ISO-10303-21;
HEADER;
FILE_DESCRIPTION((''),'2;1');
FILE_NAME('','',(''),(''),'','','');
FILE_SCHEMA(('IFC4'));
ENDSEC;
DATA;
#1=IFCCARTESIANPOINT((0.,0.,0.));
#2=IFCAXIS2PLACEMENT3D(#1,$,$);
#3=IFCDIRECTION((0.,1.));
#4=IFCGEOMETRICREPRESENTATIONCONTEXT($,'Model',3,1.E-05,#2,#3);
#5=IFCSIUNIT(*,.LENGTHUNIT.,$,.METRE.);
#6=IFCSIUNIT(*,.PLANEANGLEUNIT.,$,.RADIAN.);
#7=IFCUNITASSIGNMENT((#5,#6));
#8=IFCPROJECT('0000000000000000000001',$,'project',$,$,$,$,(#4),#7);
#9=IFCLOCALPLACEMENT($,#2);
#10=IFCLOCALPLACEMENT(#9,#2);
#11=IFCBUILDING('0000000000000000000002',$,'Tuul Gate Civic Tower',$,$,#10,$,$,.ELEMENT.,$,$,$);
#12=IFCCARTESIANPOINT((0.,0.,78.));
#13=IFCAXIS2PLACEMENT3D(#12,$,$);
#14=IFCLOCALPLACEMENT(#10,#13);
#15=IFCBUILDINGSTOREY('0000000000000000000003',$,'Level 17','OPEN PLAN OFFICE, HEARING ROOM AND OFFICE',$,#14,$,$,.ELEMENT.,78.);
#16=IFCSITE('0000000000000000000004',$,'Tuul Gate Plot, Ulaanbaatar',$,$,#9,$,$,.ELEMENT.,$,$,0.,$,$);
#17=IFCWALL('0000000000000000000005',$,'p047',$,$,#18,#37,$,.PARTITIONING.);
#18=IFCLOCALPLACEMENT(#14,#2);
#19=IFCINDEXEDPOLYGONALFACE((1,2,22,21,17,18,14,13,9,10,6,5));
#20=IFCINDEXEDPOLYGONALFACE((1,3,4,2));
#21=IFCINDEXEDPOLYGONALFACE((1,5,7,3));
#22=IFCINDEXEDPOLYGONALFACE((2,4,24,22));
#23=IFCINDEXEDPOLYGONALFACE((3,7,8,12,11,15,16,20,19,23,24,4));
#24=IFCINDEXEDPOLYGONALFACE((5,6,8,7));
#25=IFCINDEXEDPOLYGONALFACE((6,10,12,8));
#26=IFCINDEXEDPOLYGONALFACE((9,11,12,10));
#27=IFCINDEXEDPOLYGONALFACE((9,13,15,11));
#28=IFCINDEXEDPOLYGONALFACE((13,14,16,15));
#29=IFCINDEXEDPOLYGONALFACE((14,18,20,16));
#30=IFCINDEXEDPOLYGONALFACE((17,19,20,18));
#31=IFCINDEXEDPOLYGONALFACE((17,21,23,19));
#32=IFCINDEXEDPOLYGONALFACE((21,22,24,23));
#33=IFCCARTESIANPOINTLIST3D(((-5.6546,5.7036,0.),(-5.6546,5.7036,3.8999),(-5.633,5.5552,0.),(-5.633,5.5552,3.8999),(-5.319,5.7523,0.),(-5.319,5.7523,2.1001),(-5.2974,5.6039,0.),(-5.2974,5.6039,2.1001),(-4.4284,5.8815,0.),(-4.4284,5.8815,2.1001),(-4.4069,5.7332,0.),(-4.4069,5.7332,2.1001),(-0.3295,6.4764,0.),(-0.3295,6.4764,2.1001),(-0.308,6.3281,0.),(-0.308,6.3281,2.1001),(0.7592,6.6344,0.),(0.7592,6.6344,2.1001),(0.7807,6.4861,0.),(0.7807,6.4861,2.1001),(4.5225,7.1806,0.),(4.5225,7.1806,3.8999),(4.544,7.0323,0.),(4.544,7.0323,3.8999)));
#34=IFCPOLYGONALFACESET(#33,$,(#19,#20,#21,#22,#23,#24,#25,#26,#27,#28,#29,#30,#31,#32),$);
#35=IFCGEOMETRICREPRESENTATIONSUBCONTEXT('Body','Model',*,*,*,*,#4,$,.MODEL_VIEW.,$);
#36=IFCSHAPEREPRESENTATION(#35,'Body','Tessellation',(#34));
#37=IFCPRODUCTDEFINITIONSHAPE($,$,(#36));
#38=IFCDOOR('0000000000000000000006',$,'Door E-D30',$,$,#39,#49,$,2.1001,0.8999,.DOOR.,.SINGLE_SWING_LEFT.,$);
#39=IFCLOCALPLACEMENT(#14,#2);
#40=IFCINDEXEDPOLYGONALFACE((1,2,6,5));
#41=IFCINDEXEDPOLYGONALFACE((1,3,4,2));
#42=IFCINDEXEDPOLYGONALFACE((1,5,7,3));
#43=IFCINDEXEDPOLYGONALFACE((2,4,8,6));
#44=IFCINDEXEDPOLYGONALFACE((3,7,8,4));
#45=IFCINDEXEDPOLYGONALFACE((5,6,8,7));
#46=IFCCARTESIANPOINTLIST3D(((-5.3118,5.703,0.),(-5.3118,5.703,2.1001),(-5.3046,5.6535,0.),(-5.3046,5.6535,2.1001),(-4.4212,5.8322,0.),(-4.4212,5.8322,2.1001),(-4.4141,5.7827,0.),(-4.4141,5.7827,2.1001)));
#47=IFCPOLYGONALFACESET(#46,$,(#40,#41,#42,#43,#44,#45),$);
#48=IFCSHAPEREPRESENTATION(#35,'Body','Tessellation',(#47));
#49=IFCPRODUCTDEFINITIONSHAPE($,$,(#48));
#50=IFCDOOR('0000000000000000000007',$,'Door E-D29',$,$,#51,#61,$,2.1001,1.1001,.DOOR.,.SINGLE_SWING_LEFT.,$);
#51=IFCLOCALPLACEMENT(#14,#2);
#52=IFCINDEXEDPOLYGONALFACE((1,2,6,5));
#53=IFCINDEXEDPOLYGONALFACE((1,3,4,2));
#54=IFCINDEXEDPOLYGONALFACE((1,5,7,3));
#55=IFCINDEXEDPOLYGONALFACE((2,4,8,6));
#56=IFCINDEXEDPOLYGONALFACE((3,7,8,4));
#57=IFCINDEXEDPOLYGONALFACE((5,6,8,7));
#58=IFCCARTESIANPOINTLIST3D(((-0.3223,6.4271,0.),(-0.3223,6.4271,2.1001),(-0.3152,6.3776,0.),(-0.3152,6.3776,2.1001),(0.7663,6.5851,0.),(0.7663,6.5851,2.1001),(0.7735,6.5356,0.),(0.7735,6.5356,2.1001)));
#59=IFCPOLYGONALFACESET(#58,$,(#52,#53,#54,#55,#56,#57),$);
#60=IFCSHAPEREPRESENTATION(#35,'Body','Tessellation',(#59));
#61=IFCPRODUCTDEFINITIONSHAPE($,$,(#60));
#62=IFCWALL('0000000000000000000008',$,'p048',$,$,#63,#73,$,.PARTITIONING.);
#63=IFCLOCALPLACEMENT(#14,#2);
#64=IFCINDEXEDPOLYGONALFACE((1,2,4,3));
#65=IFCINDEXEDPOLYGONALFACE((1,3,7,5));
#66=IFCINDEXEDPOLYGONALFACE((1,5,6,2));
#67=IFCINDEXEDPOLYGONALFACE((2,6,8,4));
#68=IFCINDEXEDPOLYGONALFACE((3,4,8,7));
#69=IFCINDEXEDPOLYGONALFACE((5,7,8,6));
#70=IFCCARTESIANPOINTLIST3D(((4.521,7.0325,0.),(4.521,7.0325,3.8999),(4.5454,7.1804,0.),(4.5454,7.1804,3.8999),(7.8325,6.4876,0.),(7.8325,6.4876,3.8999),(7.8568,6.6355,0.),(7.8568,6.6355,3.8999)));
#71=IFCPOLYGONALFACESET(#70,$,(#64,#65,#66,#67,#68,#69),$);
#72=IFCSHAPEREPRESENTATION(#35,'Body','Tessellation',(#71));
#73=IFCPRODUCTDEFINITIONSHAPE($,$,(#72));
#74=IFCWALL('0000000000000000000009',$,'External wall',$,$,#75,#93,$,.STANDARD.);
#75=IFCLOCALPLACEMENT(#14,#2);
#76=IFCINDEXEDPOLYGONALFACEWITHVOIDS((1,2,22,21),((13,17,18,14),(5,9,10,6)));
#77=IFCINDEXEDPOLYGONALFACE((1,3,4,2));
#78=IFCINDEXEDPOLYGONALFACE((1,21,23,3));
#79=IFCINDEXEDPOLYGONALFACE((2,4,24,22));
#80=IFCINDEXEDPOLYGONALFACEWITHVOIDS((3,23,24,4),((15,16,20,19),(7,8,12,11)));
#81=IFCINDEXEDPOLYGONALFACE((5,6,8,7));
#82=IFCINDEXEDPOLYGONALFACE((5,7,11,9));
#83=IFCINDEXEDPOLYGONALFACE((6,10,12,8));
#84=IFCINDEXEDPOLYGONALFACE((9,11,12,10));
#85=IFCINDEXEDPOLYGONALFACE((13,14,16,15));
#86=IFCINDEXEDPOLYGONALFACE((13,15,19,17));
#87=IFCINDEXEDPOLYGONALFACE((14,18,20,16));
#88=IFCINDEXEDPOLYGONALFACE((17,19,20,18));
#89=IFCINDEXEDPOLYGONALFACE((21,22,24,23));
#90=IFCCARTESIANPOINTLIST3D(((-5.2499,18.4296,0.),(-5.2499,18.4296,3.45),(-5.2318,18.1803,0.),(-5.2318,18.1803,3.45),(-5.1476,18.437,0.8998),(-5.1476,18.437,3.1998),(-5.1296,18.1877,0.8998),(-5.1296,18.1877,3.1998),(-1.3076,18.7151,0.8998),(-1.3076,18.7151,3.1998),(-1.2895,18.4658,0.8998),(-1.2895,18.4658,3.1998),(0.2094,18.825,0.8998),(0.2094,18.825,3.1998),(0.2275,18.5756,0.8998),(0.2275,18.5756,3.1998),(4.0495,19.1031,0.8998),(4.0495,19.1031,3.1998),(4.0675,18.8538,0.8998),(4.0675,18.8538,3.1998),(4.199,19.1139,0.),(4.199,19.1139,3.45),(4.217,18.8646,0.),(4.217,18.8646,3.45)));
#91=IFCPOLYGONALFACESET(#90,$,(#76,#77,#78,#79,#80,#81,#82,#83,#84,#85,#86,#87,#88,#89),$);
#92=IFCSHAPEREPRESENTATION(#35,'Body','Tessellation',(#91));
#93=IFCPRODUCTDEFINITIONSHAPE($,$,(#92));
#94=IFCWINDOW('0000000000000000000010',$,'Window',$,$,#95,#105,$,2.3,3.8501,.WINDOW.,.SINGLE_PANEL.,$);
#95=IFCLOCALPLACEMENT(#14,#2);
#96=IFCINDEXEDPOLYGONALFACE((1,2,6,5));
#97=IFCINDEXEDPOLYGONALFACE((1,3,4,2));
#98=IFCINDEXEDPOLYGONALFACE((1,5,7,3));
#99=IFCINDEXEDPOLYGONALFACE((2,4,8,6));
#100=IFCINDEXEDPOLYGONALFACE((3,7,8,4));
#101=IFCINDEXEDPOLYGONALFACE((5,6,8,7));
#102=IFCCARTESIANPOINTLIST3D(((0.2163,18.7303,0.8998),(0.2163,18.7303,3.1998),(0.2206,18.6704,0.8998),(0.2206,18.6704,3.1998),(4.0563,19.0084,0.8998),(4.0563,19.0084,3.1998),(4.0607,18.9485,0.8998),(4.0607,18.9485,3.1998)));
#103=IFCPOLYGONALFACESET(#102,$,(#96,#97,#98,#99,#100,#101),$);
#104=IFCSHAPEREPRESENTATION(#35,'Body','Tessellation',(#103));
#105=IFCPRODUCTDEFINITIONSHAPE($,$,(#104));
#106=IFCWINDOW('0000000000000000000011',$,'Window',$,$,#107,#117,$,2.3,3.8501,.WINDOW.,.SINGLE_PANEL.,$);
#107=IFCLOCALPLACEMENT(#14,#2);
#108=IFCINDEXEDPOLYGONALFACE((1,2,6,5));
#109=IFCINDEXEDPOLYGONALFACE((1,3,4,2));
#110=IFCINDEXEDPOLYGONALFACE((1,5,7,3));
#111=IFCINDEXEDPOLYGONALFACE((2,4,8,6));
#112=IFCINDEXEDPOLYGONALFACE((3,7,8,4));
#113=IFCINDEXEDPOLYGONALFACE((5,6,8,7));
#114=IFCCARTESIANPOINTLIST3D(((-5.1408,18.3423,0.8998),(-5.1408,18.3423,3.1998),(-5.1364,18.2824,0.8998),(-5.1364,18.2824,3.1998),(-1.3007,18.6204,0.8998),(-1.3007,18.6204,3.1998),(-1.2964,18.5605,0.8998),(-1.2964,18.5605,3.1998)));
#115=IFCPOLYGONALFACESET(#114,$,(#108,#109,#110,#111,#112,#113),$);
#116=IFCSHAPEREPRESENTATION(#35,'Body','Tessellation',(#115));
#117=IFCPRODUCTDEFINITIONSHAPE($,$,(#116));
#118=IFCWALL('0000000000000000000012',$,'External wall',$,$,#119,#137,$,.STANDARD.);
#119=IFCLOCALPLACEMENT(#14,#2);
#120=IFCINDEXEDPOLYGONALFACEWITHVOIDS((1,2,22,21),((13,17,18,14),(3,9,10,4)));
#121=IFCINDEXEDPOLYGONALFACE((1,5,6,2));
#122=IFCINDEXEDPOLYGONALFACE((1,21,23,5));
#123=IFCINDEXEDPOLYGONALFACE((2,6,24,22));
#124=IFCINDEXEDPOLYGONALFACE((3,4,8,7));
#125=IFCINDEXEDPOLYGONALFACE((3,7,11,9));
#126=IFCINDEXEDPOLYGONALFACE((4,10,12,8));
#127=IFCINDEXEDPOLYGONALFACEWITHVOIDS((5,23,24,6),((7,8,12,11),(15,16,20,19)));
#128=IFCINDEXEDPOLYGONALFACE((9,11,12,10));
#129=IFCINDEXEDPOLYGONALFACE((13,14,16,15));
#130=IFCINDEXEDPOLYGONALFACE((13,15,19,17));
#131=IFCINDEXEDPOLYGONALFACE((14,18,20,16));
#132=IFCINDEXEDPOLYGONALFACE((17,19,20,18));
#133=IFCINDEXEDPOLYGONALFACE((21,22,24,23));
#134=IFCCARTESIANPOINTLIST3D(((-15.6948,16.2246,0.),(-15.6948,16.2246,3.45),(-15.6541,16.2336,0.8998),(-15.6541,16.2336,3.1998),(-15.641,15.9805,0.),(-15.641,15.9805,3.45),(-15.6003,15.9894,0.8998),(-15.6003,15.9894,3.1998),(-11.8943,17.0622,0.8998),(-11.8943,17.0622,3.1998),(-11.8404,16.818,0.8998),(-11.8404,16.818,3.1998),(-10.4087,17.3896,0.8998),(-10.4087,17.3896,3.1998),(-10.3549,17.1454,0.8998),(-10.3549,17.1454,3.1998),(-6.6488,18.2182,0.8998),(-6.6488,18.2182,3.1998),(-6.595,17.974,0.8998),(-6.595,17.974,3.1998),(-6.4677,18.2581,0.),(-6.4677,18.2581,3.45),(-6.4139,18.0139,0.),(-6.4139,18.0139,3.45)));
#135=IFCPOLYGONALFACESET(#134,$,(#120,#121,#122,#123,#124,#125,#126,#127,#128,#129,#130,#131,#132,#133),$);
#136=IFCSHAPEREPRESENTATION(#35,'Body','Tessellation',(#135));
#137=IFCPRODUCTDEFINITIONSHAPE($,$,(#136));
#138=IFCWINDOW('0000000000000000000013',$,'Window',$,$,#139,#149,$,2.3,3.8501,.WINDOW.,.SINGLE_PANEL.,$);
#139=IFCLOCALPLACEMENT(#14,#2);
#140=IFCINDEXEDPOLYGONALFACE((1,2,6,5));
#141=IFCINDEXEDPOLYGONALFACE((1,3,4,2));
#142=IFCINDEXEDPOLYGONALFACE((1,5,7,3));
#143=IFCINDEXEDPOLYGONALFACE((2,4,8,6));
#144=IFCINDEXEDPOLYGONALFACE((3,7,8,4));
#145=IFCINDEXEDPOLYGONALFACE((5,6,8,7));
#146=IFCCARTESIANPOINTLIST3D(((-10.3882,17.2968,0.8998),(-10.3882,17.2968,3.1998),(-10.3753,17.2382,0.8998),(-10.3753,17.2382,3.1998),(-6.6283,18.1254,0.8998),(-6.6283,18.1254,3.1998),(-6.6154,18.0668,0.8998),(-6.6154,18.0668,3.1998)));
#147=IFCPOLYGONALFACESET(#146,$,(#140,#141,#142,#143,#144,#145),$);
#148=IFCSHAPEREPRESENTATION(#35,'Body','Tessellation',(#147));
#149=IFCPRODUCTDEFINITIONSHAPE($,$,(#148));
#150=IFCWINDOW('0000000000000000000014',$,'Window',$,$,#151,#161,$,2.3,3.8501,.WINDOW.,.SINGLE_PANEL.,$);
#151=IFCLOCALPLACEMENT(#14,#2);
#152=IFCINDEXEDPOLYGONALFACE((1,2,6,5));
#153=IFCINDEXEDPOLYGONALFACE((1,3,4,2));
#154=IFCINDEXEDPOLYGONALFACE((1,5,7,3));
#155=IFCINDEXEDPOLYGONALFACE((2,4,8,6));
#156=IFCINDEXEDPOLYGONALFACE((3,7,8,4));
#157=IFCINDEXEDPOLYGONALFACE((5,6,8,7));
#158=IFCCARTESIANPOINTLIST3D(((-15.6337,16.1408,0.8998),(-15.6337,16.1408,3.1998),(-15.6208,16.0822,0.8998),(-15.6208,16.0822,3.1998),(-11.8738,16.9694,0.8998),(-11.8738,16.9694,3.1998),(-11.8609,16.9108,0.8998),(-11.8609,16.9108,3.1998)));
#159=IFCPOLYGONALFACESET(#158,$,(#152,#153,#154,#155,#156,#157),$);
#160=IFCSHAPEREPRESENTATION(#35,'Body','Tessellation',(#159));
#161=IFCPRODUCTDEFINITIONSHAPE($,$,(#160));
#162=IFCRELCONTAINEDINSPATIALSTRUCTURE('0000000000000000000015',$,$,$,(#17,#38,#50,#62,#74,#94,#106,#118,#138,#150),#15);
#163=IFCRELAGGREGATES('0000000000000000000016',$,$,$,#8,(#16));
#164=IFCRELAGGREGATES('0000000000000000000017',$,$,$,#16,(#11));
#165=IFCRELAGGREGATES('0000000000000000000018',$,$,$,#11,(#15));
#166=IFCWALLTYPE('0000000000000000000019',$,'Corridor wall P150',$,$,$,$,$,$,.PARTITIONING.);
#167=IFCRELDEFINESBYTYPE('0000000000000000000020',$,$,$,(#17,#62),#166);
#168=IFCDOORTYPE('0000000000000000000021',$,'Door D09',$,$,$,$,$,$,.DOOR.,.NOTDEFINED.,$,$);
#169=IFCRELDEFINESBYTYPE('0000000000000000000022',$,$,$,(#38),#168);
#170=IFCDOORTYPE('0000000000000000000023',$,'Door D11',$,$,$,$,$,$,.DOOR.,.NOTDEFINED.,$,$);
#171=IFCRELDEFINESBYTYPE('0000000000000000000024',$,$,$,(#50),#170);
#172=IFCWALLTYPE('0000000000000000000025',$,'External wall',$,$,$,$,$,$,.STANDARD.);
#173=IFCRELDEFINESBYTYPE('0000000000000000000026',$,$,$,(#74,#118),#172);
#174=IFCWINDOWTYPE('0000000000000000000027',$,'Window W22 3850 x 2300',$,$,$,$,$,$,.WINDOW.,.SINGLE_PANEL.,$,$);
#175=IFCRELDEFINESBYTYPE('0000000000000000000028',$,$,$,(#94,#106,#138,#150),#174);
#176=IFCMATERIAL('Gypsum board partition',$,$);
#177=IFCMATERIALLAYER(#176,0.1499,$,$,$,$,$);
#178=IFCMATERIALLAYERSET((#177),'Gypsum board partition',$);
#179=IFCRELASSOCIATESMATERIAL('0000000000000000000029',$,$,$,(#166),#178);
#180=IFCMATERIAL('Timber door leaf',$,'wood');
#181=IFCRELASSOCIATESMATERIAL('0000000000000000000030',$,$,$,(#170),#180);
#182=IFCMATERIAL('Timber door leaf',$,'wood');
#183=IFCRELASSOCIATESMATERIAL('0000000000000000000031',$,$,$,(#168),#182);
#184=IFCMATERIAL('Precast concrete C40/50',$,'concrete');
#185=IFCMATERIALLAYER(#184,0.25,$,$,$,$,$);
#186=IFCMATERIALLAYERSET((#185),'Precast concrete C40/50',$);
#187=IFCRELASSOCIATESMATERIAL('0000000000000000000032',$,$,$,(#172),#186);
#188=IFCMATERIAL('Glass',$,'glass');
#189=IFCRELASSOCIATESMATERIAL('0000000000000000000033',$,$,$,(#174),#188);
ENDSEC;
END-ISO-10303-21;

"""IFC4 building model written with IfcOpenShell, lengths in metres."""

from ifc_helpers import new_model, si_unit, direction, frame, frame_2d, origin, place, context, subcontext, project, spatial, rectangle, extrude, material, layer, layer_set, type_object, element, fill, save


model = new_model("IFC4")

# Units and contexts
model_context = context("Model", 3, precision=1e-05, world=origin(), true_north=direction((0.0, 1.0)))
body_context = subcontext(model_context, "Body", "Model", "MODEL_VIEW")
ifc_project = project(units=[si_unit("LENGTHUNIT", "METRE"), si_unit("PLANEANGLEUNIT", "RADIAN")], contexts=[model_context])

# Site, building, storey
site_placement = place(None, origin())
site = spatial("IfcSite", under=ifc_project, at=site_placement, Name="Tuul Gate Plot, Ulaanbaatar", CompositionType="ELEMENT", RefElevation=0.0)
building_placement = place(site_placement, origin())
building = spatial("IfcBuilding", under=site, at=building_placement, Name="Tuul Gate Civic Tower", CompositionType="ELEMENT")
storey_placement = place(building_placement, frame((0.0, 0.0, 78.0)))
storey = spatial("IfcBuildingStorey", under=building, at=storey_placement, Name="Level 17", Description="OPEN PLAN OFFICE, HEARING ROOM AND OFFICE", CompositionType="ELEMENT", Elevation=78.0)

# Shared definitions
ifc_material_1 = material(Name="Gypsum board partition")
ifc_layer_1 = layer(ifc_material_1, 0.1499)
ifc_layer_set_1 = layer_set([ifc_layer_1], Name="Gypsum board partition")
wall_type_1 = type_object("IfcWallType", Name="Corridor wall P150", PredefinedType="PARTITIONING", material=ifc_layer_set_1)

# Shared definitions
ifc_material_2 = material(Name="Timber door leaf", Category="wood")
door_type_1 = type_object("IfcDoorType", Name="Door D11", OperationType="NOTDEFINED", PredefinedType="DOOR", material=ifc_material_2)

# Wall, openings, doors
wall_1_placement = place(storey_placement, frame((-5.6438, 5.6294, 0.0), z_axis=(0.0, 0.0, 1.0), x_axis=(0.989631, 0.143631, 0.0)))
wall_1 = element("IfcWall", 1, at=wall_1_placement, inside=storey, type_object=wall_type_1, Name="p047", PredefinedType="PARTITIONING", context=body_context, shape_type="SweptSolid", body=[
    extrude(rectangle(XDim=10.2837, YDim=0.1499, at=frame_2d((5.1418, 0.0))), origin(), (0.0, 0.0, 1.0), 3.8999),
])
opening_1_placement = place(wall_1_placement, frame((5.3809, 0.0, 0.0)))
opening_1 = element("IfcOpeningElement", 2, at=opening_1_placement, cuts=wall_1, PredefinedType="OPENING", context=body_context, shape_type="SweptSolid", body=[
    extrude(rectangle(XDim=1.1001, YDim=2.1001, at=frame_2d((0.55, 1.05))), frame((0.0, 0.085, 0.0), z_axis=(0.0, -1.0, 0.0), x_axis=(1.0, 0.0, 0.0)), (0.0, 0.0, 1.0), 0.1699),
])
opening_2_placement = place(wall_1_placement, frame((0.3391, 0.0, 0.0)))
opening_2 = element("IfcOpeningElement", 3, at=opening_2_placement, cuts=wall_1, PredefinedType="OPENING", context=body_context, shape_type="SweptSolid", body=[
    extrude(rectangle(XDim=0.8999, YDim=2.1001, at=frame_2d((0.45, 1.05))), frame((0.0, 0.085, 0.0), z_axis=(0.0, -1.0, 0.0), x_axis=(1.0, 0.0, 0.0)), (0.0, 0.0, 1.0), 0.1699),
])
ifc_material_3 = material(Name="Timber door leaf", Category="wood")
door_type_2 = type_object("IfcDoorType", Name="Door D09", OperationType="NOTDEFINED", PredefinedType="DOOR", material=ifc_material_3)
door_1_placement = place(opening_2_placement, frame((0.8999, 0.0, 0.0), z_axis=(0.0, 0.0, 1.0), x_axis=(-1.0, 0.0, 0.0)))
door_1 = element("IfcDoor", 4, at=door_1_placement, inside=storey, type_object=door_type_2, Name="Door E-D30", OperationType="SINGLE_SWING_LEFT", OverallHeight=2.1001, OverallWidth=0.8999, PredefinedType="DOOR", context=body_context, shape_type="SweptSolid", body=[
    extrude(rectangle(XDim=0.8999, YDim=2.1001, at=frame_2d((0.45, 1.05))), frame((0.0, 0.0249, 0.0), z_axis=(0.0, -1.0, 0.0), x_axis=(1.0, 0.0, 0.0)), (0.0, 0.0, 1.0), 0.05),
])
fill(opening_2, door_1)
door_2_placement = place(opening_1_placement, frame((1.1001, 0.0, 0.0), z_axis=(0.0, 0.0, 1.0), x_axis=(-1.0, 0.0, 0.0)))
door_2 = element("IfcDoor", 5, at=door_2_placement, inside=storey, type_object=door_type_1, Name="Door E-D29", OperationType="SINGLE_SWING_LEFT", OverallHeight=2.1001, OverallWidth=1.1001, PredefinedType="DOOR", context=body_context, shape_type="SweptSolid", body=[
    extrude(rectangle(XDim=1.1001, YDim=2.1001, at=frame_2d((0.55, 1.05))), frame((0.0, 0.0249, 0.0), z_axis=(0.0, -1.0, 0.0), x_axis=(1.0, 0.0, 0.0)), (0.0, 0.0, 1.0), 0.05),
])
fill(opening_1, door_2)

# Wall
wall_2_placement = place(storey_placement, frame((4.5332, 7.1064, 0.0), z_axis=(0.0, 0.0, 1.0), x_axis=(0.98673, -0.16237, 0.0)))
element("IfcWall", 6, at=wall_2_placement, inside=storey, type_object=wall_type_1, Name="p048", PredefinedType="PARTITIONING", context=body_context, shape_type="SweptSolid", body=[
    extrude(rectangle(XDim=3.356, YDim=0.1499, at=frame_2d((1.678, 0.0))), origin(), (0.0, 0.0, 1.0), 3.8999),
])

# Walls, openings, windows
ifc_material_4 = material(Name="Precast concrete C40/50", Category="concrete")
ifc_layer_2 = layer(ifc_material_4, 0.25)
ifc_layer_set_2 = layer_set([ifc_layer_2], Name="Precast concrete C40/50")
wall_type_2 = type_object("IfcWallType", Name="External wall", PredefinedType="STANDARD", material=ifc_layer_set_2)
wall_3_placement = place(storey_placement, frame((4.208, 18.9893, 0.0), z_axis=(0.0, 0.0, 1.0), x_axis=(-0.997388, -0.072234, 0.0)))
wall_3 = element("IfcWall", 7, at=wall_3_placement, inside=storey, type_object=wall_type_2, Name="External wall", PredefinedType="STANDARD", context=body_context, shape_type="SweptSolid", body=[
    extrude(rectangle(XDim=9.4736, YDim=0.25, at=frame_2d((4.7368, 0.0))), origin(), (0.0, 0.0, 1.0), 3.45),
])
opening_3_placement = place(wall_3_placement, frame((0.1499, 0.0, 0.8999)))
opening_3 = element("IfcOpeningElement", 8, at=opening_3_placement, cuts=wall_3, PredefinedType="OPENING", context=body_context, shape_type="SweptSolid", body=[
    extrude(rectangle(XDim=3.8501, YDim=2.3, at=frame_2d((1.925, 1.1499))), frame((0.0, 0.135, 0.0), z_axis=(0.0, -1.0, 0.0), x_axis=(1.0, 0.0, 0.0)), (0.0, 0.0, 1.0), 0.27),
])
opening_4_placement = place(wall_3_placement, frame((5.521, 0.0, 0.8999)))
opening_4 = element("IfcOpeningElement", 9, at=opening_4_placement, cuts=wall_3, PredefinedType="OPENING", context=body_context, shape_type="SweptSolid", body=[
    extrude(rectangle(XDim=3.8501, YDim=2.3, at=frame_2d((1.925, 1.1499))), frame((0.0, 0.135, 0.0), z_axis=(0.0, -1.0, 0.0), x_axis=(1.0, 0.0, 0.0)), (0.0, 0.0, 1.0), 0.27),
])
ifc_material_5 = material(Name="Glass", Category="glass")
window_type = type_object("IfcWindowType", Name="Window W22 3850 x 2300", PartitioningType="SINGLE_PANEL", PredefinedType="WINDOW", material=ifc_material_5)
window_1_placement = place(opening_3_placement, origin())
window_1 = element("IfcWindow", 10, at=window_1_placement, inside=storey, type_object=window_type, Name="Window", OverallHeight=2.3, OverallWidth=3.8501, PartitioningType="SINGLE_PANEL", PredefinedType="WINDOW", context=body_context, shape_type="SweptSolid", body=[
    extrude(rectangle(XDim=3.8501, YDim=2.3, at=frame_2d((1.925, 1.1499))), frame((0.0, 0.03, 0.0), z_axis=(0.0, -1.0, 0.0), x_axis=(1.0, 0.0, 0.0)), (0.0, 0.0, 1.0), 0.0601),
])
fill(opening_3, window_1)
window_2_placement = place(opening_4_placement, origin())
window_2 = element("IfcWindow", 11, at=window_2_placement, inside=storey, type_object=window_type, Name="Window", OverallHeight=2.3, OverallWidth=3.8501, PartitioningType="SINGLE_PANEL", PredefinedType="WINDOW", context=body_context, shape_type="SweptSolid", body=[
    extrude(rectangle(XDim=3.8501, YDim=2.3, at=frame_2d((1.925, 1.1499))), frame((0.0, 0.03, 0.0), z_axis=(0.0, -1.0, 0.0), x_axis=(1.0, 0.0, 0.0)), (0.0, 0.0, 1.0), 0.0601),
])
fill(opening_4, window_2)
wall_4_placement = place(storey_placement, frame((-6.4409, 18.136, 0.0), z_axis=(0.0, 0.0, 1.0), x_axis=(-0.976567, -0.215215, 0.0)))
wall_4 = element("IfcWall", 12, at=wall_4_placement, inside=storey, type_object=wall_type_2, Name="External wall", PredefinedType="STANDARD", context=body_context, shape_type="SweptSolid", body=[
    extrude(rectangle(XDim=9.4485, YDim=0.25, at=frame_2d((4.7241, 0.0))), origin(), (0.0, 0.0, 1.0), 3.45),
])
opening_5_placement = place(wall_4_placement, frame((0.1853, 0.0, 0.8999)))
opening_5 = element("IfcOpeningElement", 13, at=opening_5_placement, cuts=wall_4, PredefinedType="OPENING", context=body_context, shape_type="SweptSolid", body=[
    extrude(rectangle(XDim=3.8501, YDim=2.3, at=frame_2d((1.925, 1.1499))), frame((0.0, 0.135, 0.0), z_axis=(0.0, -1.0, 0.0), x_axis=(1.0, 0.0, 0.0)), (0.0, 0.0, 1.0), 0.27),
])
opening_6_placement = place(wall_4_placement, frame((5.5566, 0.0, 0.8999)))
opening_6 = element("IfcOpeningElement", 14, at=opening_6_placement, cuts=wall_4, PredefinedType="OPENING", context=body_context, shape_type="SweptSolid", body=[
    extrude(rectangle(XDim=3.8501, YDim=2.3, at=frame_2d((1.925, 1.1499))), frame((0.0, 0.135, 0.0), z_axis=(0.0, -1.0, 0.0), x_axis=(1.0, 0.0, 0.0)), (0.0, 0.0, 1.0), 0.27),
])
window_3_placement = place(opening_5_placement, origin())
window_3 = element("IfcWindow", 15, at=window_3_placement, inside=storey, type_object=window_type, Name="Window", OverallHeight=2.3, OverallWidth=3.8501, PartitioningType="SINGLE_PANEL", PredefinedType="WINDOW", context=body_context, shape_type="SweptSolid", body=[
    extrude(rectangle(XDim=3.8501, YDim=2.3, at=frame_2d((1.925, 1.1499))), frame((0.0, 0.03, 0.0), z_axis=(0.0, -1.0, 0.0), x_axis=(1.0, 0.0, 0.0)), (0.0, 0.0, 1.0), 0.0601),
])
fill(opening_5, window_3)
window_4_placement = place(opening_6_placement, origin())
window_4 = element("IfcWindow", 16, at=window_4_placement, inside=storey, type_object=window_type, Name="Window", OverallHeight=2.3, OverallWidth=3.8501, PartitioningType="SINGLE_PANEL", PredefinedType="WINDOW", context=body_context, shape_type="SweptSolid", body=[
    extrude(rectangle(XDim=3.8501, YDim=2.3, at=frame_2d((1.925, 1.1499))), frame((0.0, 0.03, 0.0), z_axis=(0.0, -1.0, 0.0), x_axis=(1.0, 0.0, 0.0)), (0.0, 0.0, 1.0), 0.0601),
])
fill(opening_6, window_4)

save(model, "model.ifc")
